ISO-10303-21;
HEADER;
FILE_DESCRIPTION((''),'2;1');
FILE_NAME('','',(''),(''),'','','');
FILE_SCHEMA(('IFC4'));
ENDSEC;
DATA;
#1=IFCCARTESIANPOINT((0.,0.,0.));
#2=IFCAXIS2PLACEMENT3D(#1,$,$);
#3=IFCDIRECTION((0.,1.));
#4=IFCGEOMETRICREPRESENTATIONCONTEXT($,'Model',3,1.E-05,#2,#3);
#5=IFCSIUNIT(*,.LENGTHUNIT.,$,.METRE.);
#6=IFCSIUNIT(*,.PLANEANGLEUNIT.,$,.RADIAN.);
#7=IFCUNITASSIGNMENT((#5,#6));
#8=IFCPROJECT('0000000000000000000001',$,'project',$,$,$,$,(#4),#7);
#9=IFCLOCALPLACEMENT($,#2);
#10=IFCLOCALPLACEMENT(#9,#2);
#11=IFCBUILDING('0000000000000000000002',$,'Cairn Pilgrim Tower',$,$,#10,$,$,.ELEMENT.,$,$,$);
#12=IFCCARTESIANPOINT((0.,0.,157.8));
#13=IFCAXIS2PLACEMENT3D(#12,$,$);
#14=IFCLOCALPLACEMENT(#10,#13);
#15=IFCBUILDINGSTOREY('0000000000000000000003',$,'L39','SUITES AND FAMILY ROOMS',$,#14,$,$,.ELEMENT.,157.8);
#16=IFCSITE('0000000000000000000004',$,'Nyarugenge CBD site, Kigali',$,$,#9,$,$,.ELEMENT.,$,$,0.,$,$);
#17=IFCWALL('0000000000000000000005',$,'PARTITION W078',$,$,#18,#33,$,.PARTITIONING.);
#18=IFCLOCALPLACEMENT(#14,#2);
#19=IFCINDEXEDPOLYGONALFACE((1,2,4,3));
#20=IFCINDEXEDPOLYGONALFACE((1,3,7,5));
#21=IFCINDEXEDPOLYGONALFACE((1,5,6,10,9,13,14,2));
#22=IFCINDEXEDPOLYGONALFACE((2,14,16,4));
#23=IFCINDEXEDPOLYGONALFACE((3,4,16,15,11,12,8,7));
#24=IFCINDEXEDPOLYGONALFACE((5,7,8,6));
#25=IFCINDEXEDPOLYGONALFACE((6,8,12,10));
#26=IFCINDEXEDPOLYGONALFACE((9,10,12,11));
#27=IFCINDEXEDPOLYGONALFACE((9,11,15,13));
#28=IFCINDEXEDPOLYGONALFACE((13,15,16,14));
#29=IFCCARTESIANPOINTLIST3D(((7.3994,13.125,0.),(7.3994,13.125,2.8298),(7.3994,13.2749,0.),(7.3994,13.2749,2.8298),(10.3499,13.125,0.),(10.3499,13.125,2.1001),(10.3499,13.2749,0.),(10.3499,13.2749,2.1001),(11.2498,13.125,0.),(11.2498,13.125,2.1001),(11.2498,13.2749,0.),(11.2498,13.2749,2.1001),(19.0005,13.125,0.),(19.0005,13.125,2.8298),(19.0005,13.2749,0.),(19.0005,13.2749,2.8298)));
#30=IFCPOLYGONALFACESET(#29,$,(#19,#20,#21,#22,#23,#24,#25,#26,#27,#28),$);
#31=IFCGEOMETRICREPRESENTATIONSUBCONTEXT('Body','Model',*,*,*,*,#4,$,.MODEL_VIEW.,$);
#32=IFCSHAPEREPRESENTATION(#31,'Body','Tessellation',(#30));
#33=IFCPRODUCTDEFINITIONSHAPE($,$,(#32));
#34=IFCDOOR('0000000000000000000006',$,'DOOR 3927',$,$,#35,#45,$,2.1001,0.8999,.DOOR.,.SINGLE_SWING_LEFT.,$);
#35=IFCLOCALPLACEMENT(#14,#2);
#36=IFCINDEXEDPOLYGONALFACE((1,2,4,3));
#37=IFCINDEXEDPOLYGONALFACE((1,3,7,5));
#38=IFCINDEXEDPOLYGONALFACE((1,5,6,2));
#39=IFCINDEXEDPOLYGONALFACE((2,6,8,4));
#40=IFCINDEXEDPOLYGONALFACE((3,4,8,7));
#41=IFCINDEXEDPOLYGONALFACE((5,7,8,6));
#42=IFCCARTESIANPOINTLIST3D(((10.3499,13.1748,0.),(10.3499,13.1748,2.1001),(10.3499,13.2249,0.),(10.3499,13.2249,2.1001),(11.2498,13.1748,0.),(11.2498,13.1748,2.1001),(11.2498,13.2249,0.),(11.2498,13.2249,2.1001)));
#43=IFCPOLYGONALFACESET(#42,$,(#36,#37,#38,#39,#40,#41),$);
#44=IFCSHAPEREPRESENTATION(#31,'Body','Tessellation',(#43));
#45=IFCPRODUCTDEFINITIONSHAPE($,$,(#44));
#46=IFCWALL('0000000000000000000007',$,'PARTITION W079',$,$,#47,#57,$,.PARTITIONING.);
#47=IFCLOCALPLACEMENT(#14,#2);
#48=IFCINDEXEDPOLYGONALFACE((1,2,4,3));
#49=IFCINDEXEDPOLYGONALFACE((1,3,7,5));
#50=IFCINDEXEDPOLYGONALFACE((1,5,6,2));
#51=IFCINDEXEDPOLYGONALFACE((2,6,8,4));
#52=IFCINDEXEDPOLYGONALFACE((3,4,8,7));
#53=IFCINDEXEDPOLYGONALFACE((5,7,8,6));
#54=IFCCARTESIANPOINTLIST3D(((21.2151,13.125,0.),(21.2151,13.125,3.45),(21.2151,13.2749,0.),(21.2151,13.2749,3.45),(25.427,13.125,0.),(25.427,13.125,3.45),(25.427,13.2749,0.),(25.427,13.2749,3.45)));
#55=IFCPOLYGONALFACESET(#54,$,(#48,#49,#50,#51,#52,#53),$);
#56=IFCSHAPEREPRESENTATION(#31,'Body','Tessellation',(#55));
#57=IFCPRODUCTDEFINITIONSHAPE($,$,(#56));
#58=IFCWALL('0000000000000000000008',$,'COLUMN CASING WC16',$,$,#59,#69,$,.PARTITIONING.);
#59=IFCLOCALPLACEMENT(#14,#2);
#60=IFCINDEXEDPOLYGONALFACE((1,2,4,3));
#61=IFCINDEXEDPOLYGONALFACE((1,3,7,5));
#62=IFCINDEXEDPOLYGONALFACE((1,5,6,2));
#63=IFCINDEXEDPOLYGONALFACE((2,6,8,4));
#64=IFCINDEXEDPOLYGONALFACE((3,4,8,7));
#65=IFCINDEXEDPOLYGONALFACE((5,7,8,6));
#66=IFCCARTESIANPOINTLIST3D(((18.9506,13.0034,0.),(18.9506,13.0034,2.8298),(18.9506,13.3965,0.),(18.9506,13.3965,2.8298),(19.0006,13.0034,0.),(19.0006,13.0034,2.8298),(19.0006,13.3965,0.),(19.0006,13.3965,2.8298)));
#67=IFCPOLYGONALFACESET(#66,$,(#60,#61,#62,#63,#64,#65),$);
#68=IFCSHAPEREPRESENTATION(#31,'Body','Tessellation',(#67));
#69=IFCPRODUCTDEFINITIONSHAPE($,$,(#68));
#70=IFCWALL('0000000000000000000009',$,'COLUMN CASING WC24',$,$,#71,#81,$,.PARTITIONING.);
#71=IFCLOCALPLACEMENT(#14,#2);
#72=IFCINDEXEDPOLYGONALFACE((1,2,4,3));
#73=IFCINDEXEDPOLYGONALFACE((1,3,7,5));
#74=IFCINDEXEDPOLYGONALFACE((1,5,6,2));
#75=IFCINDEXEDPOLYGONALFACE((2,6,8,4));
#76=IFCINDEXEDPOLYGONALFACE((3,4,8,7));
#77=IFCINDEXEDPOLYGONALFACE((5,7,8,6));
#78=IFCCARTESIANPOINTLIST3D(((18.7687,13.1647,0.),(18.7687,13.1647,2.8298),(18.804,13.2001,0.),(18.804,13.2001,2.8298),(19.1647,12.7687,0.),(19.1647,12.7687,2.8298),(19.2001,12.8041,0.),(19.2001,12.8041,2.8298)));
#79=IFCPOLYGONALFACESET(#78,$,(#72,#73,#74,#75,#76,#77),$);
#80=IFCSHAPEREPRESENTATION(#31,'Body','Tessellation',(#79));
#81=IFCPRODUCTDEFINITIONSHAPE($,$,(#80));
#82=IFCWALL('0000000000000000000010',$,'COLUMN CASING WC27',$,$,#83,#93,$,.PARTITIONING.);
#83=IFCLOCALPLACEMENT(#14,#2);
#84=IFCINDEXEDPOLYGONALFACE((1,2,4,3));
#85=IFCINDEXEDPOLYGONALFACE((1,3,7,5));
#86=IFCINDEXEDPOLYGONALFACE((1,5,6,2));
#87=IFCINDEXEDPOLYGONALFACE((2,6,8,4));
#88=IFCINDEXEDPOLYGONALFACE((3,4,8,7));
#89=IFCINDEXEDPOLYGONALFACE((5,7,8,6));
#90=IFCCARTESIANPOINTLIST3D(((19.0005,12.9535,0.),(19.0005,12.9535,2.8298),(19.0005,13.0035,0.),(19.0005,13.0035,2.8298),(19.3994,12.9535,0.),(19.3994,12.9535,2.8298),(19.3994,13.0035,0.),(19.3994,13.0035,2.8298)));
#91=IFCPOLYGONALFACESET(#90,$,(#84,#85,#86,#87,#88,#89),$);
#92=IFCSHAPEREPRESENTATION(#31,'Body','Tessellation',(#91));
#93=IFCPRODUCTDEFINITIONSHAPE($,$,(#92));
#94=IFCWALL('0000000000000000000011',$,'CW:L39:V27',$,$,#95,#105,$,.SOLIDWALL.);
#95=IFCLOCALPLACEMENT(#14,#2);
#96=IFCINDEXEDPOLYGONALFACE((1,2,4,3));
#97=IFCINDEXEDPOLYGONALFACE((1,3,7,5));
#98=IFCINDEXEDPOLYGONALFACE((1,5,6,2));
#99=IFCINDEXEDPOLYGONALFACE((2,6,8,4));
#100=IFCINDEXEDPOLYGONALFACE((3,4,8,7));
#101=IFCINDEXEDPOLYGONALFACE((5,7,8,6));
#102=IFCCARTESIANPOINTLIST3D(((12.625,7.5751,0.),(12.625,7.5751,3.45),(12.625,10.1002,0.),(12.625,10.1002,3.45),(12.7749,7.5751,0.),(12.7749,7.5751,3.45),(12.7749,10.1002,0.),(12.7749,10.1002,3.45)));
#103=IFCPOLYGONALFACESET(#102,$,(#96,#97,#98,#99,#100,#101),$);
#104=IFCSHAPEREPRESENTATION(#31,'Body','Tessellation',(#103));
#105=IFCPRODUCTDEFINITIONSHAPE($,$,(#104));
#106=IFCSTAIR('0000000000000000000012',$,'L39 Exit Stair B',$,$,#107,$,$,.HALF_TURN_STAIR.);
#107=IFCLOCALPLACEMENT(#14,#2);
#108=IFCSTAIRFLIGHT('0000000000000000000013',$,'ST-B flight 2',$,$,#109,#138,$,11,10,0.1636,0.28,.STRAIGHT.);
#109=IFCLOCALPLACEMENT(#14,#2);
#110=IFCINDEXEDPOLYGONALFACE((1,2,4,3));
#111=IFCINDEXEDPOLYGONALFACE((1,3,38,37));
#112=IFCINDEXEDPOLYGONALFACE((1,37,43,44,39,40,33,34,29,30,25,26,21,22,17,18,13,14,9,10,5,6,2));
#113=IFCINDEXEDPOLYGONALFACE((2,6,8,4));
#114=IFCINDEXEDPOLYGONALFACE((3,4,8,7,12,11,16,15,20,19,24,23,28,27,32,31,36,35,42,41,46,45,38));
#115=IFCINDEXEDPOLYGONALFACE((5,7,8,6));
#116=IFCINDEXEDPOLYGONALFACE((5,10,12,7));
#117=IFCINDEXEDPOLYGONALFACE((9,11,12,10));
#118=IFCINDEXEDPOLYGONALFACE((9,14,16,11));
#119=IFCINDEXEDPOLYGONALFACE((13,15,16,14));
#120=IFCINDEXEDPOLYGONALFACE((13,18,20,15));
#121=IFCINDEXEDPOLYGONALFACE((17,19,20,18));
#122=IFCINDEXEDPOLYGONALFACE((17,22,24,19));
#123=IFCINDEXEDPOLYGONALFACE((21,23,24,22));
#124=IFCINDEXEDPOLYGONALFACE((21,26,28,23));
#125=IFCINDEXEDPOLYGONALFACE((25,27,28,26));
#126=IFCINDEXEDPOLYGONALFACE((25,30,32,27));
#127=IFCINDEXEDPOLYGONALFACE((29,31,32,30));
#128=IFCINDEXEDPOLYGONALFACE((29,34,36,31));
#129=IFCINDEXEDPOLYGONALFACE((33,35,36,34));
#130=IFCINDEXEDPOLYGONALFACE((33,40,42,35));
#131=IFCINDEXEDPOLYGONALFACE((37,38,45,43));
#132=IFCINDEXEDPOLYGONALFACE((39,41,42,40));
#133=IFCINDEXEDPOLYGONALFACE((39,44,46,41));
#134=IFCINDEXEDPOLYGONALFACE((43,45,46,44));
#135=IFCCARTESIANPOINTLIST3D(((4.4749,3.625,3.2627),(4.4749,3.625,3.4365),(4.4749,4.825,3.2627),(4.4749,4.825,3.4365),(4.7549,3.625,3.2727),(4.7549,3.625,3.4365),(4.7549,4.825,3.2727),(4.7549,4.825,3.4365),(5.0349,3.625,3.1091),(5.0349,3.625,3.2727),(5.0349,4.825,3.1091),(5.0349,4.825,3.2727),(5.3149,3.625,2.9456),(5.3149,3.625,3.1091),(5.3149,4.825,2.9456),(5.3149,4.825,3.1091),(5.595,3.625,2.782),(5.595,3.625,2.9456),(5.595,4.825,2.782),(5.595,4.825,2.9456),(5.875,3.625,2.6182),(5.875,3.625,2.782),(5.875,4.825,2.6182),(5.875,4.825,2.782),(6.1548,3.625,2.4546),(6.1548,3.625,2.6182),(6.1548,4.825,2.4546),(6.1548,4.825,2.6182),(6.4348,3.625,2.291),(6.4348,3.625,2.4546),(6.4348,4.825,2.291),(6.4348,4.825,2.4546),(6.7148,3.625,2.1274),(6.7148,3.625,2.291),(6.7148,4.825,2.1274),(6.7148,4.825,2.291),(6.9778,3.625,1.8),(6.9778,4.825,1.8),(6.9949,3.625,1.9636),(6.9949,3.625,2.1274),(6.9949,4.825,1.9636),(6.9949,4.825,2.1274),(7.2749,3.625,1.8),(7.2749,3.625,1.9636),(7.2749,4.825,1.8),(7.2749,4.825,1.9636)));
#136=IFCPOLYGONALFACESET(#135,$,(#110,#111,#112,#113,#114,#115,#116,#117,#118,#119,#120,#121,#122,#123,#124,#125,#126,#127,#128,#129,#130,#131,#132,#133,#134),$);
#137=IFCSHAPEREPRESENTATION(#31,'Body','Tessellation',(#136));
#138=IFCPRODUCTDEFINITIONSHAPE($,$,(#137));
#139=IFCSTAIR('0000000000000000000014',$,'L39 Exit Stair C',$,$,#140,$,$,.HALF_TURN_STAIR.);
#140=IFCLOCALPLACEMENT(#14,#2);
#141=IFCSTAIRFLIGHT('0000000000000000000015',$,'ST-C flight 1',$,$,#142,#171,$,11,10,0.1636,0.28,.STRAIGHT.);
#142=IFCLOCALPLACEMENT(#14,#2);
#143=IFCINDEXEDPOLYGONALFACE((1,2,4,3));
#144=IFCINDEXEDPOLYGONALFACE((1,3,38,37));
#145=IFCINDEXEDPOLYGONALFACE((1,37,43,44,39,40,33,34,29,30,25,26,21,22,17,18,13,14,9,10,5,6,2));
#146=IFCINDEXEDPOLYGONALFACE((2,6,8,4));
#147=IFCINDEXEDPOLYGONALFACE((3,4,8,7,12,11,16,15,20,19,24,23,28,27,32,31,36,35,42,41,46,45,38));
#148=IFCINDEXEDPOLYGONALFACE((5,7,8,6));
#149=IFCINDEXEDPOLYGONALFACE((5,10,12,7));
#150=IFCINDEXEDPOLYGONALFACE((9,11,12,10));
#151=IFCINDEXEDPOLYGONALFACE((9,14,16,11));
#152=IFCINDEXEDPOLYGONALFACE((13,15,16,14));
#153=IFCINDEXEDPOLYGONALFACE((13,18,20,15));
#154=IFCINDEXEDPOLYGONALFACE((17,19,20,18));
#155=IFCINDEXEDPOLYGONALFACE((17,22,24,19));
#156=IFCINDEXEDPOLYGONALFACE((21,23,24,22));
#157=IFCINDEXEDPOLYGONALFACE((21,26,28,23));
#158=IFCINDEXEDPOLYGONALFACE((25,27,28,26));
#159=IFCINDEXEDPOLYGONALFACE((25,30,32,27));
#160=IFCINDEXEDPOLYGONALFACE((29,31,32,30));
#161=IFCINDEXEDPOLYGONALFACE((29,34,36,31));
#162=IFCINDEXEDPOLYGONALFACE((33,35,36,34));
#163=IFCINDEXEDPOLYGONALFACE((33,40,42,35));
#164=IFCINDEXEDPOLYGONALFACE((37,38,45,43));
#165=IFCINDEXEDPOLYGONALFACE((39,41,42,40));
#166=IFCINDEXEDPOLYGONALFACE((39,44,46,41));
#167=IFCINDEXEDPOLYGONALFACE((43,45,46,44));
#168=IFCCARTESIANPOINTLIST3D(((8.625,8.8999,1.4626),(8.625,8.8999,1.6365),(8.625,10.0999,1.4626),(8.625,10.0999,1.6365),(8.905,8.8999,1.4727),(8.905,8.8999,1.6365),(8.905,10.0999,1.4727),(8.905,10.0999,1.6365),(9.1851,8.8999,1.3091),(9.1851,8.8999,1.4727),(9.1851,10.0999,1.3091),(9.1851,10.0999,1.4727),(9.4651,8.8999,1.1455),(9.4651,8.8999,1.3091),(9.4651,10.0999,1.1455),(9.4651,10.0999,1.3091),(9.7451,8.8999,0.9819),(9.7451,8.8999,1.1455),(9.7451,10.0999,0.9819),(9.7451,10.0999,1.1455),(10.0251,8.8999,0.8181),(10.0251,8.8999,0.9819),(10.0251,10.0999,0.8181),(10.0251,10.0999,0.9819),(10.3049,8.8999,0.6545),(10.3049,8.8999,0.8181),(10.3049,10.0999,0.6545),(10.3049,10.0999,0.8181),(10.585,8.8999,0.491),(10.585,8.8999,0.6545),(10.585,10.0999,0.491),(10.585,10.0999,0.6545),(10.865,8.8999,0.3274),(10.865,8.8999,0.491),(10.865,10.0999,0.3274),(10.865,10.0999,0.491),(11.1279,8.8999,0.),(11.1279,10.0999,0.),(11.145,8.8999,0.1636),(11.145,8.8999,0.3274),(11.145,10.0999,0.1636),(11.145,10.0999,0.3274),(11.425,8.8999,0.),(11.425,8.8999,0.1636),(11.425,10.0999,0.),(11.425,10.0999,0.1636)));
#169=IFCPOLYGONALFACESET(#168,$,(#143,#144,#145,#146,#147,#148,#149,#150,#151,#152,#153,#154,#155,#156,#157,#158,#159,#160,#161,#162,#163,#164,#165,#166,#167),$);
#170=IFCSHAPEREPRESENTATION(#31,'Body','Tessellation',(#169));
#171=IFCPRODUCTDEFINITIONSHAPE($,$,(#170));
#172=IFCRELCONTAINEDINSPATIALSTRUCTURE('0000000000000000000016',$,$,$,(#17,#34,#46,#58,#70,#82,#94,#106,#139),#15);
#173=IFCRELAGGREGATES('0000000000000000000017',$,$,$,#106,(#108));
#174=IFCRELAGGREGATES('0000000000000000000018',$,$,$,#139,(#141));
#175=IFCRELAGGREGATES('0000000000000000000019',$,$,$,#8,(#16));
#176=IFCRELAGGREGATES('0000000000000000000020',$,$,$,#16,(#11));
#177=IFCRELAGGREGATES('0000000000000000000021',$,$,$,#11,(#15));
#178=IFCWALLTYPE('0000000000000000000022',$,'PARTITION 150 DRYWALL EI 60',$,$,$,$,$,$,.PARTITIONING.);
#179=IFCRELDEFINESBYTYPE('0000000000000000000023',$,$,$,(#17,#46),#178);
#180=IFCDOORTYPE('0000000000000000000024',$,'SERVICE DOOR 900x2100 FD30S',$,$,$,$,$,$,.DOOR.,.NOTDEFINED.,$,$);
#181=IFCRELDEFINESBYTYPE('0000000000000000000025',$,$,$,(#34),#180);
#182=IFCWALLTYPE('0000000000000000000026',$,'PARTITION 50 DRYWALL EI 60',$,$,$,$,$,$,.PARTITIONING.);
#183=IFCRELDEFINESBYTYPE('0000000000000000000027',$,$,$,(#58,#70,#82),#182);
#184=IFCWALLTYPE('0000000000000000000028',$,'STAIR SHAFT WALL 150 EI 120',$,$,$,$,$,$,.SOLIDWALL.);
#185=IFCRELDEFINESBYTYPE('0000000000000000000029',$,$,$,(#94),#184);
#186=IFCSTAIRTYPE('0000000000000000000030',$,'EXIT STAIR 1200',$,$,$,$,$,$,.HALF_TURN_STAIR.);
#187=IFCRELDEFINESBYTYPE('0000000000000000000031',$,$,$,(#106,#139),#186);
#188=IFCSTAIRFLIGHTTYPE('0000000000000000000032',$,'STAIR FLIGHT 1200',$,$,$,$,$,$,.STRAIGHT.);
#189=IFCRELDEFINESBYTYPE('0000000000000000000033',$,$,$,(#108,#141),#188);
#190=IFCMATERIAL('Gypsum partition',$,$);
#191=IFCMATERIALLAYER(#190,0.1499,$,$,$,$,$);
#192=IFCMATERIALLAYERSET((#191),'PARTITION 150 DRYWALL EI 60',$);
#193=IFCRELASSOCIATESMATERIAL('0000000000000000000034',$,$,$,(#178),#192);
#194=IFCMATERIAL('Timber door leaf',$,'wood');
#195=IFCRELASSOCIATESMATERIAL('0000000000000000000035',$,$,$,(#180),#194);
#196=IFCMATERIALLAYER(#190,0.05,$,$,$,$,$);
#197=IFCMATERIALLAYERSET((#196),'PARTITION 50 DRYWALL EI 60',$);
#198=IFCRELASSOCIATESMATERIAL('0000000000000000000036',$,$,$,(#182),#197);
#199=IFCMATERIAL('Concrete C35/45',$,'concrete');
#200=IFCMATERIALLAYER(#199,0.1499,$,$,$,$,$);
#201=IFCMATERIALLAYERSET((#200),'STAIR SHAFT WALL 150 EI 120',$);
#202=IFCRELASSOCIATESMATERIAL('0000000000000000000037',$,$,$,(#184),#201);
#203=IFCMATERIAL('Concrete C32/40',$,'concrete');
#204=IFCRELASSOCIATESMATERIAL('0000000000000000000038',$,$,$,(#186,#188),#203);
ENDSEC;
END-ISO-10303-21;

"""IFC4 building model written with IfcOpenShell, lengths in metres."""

from ifc_helpers import new_model, si_unit, direction, frame, frame_2d, origin, place, context, subcontext, project, spatial, polyline, rectangle, outline, extrude, material, layer, layer_set, type_object, element, fill, aggregate, save


model = new_model("IFC4")

# Units and contexts
model_context = context("Model", 3, precision=1e-05, world=origin(), true_north=direction((0.0, 1.0)))
body_context = subcontext(model_context, "Body", "Model", "MODEL_VIEW")
ifc_project = project(units=[si_unit("LENGTHUNIT", "METRE"), si_unit("PLANEANGLEUNIT", "RADIAN")], contexts=[model_context])

# Site, building, storey
site_placement = place(None, origin())
site = spatial("IfcSite", under=ifc_project, at=site_placement, Name="Nyarugenge CBD site, Kigali", CompositionType="ELEMENT", RefElevation=0.0)
building_placement = place(site_placement, origin())
building = spatial("IfcBuilding", under=site, at=building_placement, Name="Cairn Pilgrim Tower", CompositionType="ELEMENT")
storey_placement = place(building_placement, frame((0.0, 0.0, 157.8)))
storey = spatial("IfcBuildingStorey", under=building, at=storey_placement, Name="L39", Description="SUITES AND FAMILY ROOMS", CompositionType="ELEMENT", Elevation=157.8)

# Shared definitions
ifc_material_1 = material(Name="Concrete C32/40", Category="concrete")

# Shared definitions
ifc_material_2 = material(Name="Gypsum partition")
ifc_layer_1 = layer(ifc_material_2, 0.1499)
ifc_layer_set_1 = layer_set([ifc_layer_1], Name="PARTITION 150 DRYWALL EI 60")
wall_type_1 = type_object("IfcWallType", Name="PARTITION 150 DRYWALL EI 60", PredefinedType="PARTITIONING", material=ifc_layer_set_1)

# Wall, opening, door
wall_1_placement = place(storey_placement, frame((7.3994, 13.2, 0.0), z_axis=(0.0, 0.0, 1.0), x_axis=(1.0, 0.0, 0.0)))
wall_1 = element("IfcWall", 1, at=wall_1_placement, inside=storey, type_object=wall_type_1, Name="PARTITION W078", PredefinedType="PARTITIONING", context=body_context, shape_type="SweptSolid", body=[
    extrude(rectangle(XDim=11.6011, YDim=0.1499, at=frame_2d((5.8005, 0.0))), origin(), (0.0, 0.0, 1.0), 2.8298),
])
opening_1_placement = place(wall_1_placement, frame((2.9504, 0.0, 0.0)))
opening_1 = element("IfcOpeningElement", 2, at=opening_1_placement, cuts=wall_1, PredefinedType="OPENING", context=body_context, shape_type="SweptSolid", body=[
    extrude(rectangle(XDim=0.8999, YDim=2.1001, at=frame_2d((0.45, 1.05))), frame((0.0, 0.085, 0.0), z_axis=(0.0, -1.0, 0.0), x_axis=(1.0, 0.0, 0.0)), (0.0, 0.0, 1.0), 0.1699),
])
ifc_material_3 = material(Name="Timber door leaf", Category="wood")
door_type_1 = type_object("IfcDoorType", Name="SERVICE DOOR 900x2100 FD30S", OperationType="NOTDEFINED", PredefinedType="DOOR", material=ifc_material_3)
door_1_placement = place(opening_1_placement, origin())
door_1 = element("IfcDoor", 3, at=door_1_placement, inside=storey, type_object=door_type_1, Name="DOOR 3927", OperationType="SINGLE_SWING_LEFT", OverallHeight=2.1001, OverallWidth=0.8999, PredefinedType="DOOR", context=body_context, shape_type="SweptSolid", body=[
    extrude(rectangle(XDim=0.8999, YDim=2.1001, at=frame_2d((0.45, 1.05))), frame((0.0, 0.0249, 0.0), z_axis=(0.0, -1.0, 0.0), x_axis=(1.0, 0.0, 0.0)), (0.0, 0.0, 1.0), 0.05),
])
fill(opening_1, door_1)

# Walls
wall_2_placement = place(storey_placement, frame((21.2151, 13.2, 0.0), z_axis=(0.0, 0.0, 1.0), x_axis=(1.0, 0.0, 0.0)))
element("IfcWall", 4, at=wall_2_placement, inside=storey, type_object=wall_type_1, Name="PARTITION W079", PredefinedType="PARTITIONING", context=body_context, shape_type="SweptSolid", body=[
    extrude(rectangle(XDim=4.2119, YDim=0.1499, at=frame_2d((2.106, 0.0))), origin(), (0.0, 0.0, 1.0), 3.45),
])
ifc_layer_2 = layer(ifc_material_2, 0.05)
ifc_layer_set_2 = layer_set([ifc_layer_2], Name="PARTITION 50 DRYWALL EI 60")
wall_type_2 = type_object("IfcWallType", Name="PARTITION 50 DRYWALL EI 60", PredefinedType="PARTITIONING", material=ifc_layer_set_2)
wall_3_placement = place(storey_placement, frame((18.9756, 13.0034, 0.0), z_axis=(0.0, 0.0, 1.0), x_axis=(0.0, 1.0, 0.0)))
element("IfcWall", 5, at=wall_3_placement, inside=storey, type_object=wall_type_2, Name="COLUMN CASING WC16", PredefinedType="PARTITIONING", context=body_context, shape_type="SweptSolid", body=[
    extrude(rectangle(XDim=0.3931, YDim=0.05, at=frame_2d((0.1965, 0.0))), origin(), (0.0, 0.0, 1.0), 2.8298),
])
wall_4_placement = place(storey_placement, frame((19.1824, 12.7864, 0.0), z_axis=(0.0, 0.0, 1.0), x_axis=(-0.707107, 0.707107, 0.0)))
element("IfcWall", 6, at=wall_4_placement, inside=storey, type_object=wall_type_2, Name="COLUMN CASING WC24", PredefinedType="PARTITIONING", context=body_context, shape_type="SweptSolid", body=[
    extrude(rectangle(XDim=0.5601, YDim=0.05, at=frame_2d((0.28, 0.0))), origin(), (0.0, 0.0, 1.0), 2.8298),
])
wall_5_placement = place(storey_placement, frame((19.0005, 12.9785, 0.0), z_axis=(0.0, 0.0, 1.0), x_axis=(1.0, 0.0, 0.0)))
element("IfcWall", 7, at=wall_5_placement, inside=storey, type_object=wall_type_2, Name="COLUMN CASING WC27", PredefinedType="PARTITIONING", context=body_context, shape_type="SweptSolid", body=[
    extrude(rectangle(XDim=0.3989, YDim=0.05, at=frame_2d((0.1995, 0.0))), origin(), (0.0, 0.0, 1.0), 2.8298),
])
ifc_material_4 = material(Name="Concrete C35/45", Category="concrete")
ifc_layer_3 = layer(ifc_material_4, 0.1499)
ifc_layer_set_3 = layer_set([ifc_layer_3], Name="STAIR SHAFT WALL 150 EI 120")
wall_type_3 = type_object("IfcWallType", Name="STAIR SHAFT WALL 150 EI 120", PredefinedType="SOLIDWALL", material=ifc_layer_set_3)
wall_6_placement = place(storey_placement, frame((12.7, 7.575, 0.0), z_axis=(0.0, 0.0, 1.0), x_axis=(0.0, 1.0, 0.0)))
element("IfcWall", 8, at=wall_6_placement, inside=storey, type_object=wall_type_3, Name="CW:L39:V27", PredefinedType="SOLIDWALL", context=body_context, shape_type="SweptSolid", body=[
    extrude(rectangle(XDim=2.5251, YDim=0.1499, at=frame_2d((1.2627, 0.0))), origin(), (0.0, 0.0, 1.0), 3.45),
])

# Stair, stair flight
stair_type = type_object("IfcStairType", Name="EXIT STAIR 1200", PredefinedType="HALF_TURN_STAIR", material=ifc_material_1)
stair_1_placement = place(storey_placement, origin())
stair_1 = element("IfcStair", 9, at=stair_1_placement, inside=storey, type_object=stair_type, Name="L39 Exit Stair B", PredefinedType="HALF_TURN_STAIR")
stair_flight_type = type_object("IfcStairFlightType", Name="STAIR FLIGHT 1200", PredefinedType="STRAIGHT", material=ifc_material_1)
stair_flight_1_placement = place(storey_placement, frame((7.2749, 4.2251, 1.8), z_axis=(0.0, 0.0, 1.0), x_axis=(-1.0, 0.0, 0.0)))
stair_flight_1 = element("IfcStairFlight", 10, at=stair_flight_1_placement, type_object=stair_flight_type, Name="ST-B flight 2", NumberOfRisers=11, NumberOfTreads=10, PredefinedType="STRAIGHT", RiserHeight=0.1636, TreadLength=0.28, context=body_context, shape_type="SweptSolid", body=[
    extrude(outline(polyline([(0.0, 0.0), (0.0, 0.1636), (0.28, 0.1636), (0.28, 0.3274), (0.5601, 0.3274), (0.5601, 0.491), (0.8401, 0.491), (0.8401, 0.6545), (1.1201, 0.6545), (1.1201, 0.8181), (1.3999, 0.8181), (1.3999, 0.9819), (1.6799, 0.9819), (1.6799, 1.1455), (1.96, 1.1455), (1.96, 1.3091), (2.24, 1.3091), (2.24, 1.4727), (2.52, 1.4727), (2.52, 1.6365), (2.8, 1.6365), (2.8, 1.8), (2.8, 1.4626), (0.2971, 0.0), (0.0, 0.0)])), frame((0.0, 0.6001, 0.0), z_axis=(0.0, -1.0, 0.0), x_axis=(1.0, 0.0, 0.0)), (0.0, 0.0, 1.0), 1.2),
])
aggregate(stair_1, [stair_flight_1])

# Stair, stair flight
stair_2_placement = place(storey_placement, origin())
stair_2 = element("IfcStair", 11, at=stair_2_placement, inside=storey, type_object=stair_type, Name="L39 Exit Stair C", PredefinedType="HALF_TURN_STAIR")
stair_flight_2_placement = place(storey_placement, frame((11.425, 9.5, 0.0), z_axis=(0.0, 0.0, 1.0), x_axis=(-1.0, 0.0, 0.0)))
stair_flight_2 = element("IfcStairFlight", 12, at=stair_flight_2_placement, type_object=stair_flight_type, Name="ST-C flight 1", NumberOfRisers=11, NumberOfTreads=10, PredefinedType="STRAIGHT", RiserHeight=0.1636, TreadLength=0.28, context=body_context, shape_type="SweptSolid", body=[
    extrude(outline(polyline([(0.0, 0.0), (0.0, 0.1636), (0.28, 0.1636), (0.28, 0.3274), (0.5601, 0.3274), (0.5601, 0.491), (0.8401, 0.491), (0.8401, 0.6545), (1.1201, 0.6545), (1.1201, 0.8181), (1.3999, 0.8181), (1.3999, 0.9819), (1.6799, 0.9819), (1.6799, 1.1455), (1.96, 1.1455), (1.96, 1.3091), (2.24, 1.3091), (2.24, 1.4727), (2.52, 1.4727), (2.52, 1.6365), (2.8, 1.6365), (2.8, 1.8), (2.8, 1.4626), (0.2971, 0.0), (0.0, 0.0)])), frame((0.0, 0.6001, 0.0), z_axis=(0.0, -1.0, 0.0), x_axis=(1.0, 0.0, 0.0)), (0.0, 0.0, 1.0), 1.2),
])
aggregate(stair_2, [stair_flight_2])

save(model, "model.ifc")
